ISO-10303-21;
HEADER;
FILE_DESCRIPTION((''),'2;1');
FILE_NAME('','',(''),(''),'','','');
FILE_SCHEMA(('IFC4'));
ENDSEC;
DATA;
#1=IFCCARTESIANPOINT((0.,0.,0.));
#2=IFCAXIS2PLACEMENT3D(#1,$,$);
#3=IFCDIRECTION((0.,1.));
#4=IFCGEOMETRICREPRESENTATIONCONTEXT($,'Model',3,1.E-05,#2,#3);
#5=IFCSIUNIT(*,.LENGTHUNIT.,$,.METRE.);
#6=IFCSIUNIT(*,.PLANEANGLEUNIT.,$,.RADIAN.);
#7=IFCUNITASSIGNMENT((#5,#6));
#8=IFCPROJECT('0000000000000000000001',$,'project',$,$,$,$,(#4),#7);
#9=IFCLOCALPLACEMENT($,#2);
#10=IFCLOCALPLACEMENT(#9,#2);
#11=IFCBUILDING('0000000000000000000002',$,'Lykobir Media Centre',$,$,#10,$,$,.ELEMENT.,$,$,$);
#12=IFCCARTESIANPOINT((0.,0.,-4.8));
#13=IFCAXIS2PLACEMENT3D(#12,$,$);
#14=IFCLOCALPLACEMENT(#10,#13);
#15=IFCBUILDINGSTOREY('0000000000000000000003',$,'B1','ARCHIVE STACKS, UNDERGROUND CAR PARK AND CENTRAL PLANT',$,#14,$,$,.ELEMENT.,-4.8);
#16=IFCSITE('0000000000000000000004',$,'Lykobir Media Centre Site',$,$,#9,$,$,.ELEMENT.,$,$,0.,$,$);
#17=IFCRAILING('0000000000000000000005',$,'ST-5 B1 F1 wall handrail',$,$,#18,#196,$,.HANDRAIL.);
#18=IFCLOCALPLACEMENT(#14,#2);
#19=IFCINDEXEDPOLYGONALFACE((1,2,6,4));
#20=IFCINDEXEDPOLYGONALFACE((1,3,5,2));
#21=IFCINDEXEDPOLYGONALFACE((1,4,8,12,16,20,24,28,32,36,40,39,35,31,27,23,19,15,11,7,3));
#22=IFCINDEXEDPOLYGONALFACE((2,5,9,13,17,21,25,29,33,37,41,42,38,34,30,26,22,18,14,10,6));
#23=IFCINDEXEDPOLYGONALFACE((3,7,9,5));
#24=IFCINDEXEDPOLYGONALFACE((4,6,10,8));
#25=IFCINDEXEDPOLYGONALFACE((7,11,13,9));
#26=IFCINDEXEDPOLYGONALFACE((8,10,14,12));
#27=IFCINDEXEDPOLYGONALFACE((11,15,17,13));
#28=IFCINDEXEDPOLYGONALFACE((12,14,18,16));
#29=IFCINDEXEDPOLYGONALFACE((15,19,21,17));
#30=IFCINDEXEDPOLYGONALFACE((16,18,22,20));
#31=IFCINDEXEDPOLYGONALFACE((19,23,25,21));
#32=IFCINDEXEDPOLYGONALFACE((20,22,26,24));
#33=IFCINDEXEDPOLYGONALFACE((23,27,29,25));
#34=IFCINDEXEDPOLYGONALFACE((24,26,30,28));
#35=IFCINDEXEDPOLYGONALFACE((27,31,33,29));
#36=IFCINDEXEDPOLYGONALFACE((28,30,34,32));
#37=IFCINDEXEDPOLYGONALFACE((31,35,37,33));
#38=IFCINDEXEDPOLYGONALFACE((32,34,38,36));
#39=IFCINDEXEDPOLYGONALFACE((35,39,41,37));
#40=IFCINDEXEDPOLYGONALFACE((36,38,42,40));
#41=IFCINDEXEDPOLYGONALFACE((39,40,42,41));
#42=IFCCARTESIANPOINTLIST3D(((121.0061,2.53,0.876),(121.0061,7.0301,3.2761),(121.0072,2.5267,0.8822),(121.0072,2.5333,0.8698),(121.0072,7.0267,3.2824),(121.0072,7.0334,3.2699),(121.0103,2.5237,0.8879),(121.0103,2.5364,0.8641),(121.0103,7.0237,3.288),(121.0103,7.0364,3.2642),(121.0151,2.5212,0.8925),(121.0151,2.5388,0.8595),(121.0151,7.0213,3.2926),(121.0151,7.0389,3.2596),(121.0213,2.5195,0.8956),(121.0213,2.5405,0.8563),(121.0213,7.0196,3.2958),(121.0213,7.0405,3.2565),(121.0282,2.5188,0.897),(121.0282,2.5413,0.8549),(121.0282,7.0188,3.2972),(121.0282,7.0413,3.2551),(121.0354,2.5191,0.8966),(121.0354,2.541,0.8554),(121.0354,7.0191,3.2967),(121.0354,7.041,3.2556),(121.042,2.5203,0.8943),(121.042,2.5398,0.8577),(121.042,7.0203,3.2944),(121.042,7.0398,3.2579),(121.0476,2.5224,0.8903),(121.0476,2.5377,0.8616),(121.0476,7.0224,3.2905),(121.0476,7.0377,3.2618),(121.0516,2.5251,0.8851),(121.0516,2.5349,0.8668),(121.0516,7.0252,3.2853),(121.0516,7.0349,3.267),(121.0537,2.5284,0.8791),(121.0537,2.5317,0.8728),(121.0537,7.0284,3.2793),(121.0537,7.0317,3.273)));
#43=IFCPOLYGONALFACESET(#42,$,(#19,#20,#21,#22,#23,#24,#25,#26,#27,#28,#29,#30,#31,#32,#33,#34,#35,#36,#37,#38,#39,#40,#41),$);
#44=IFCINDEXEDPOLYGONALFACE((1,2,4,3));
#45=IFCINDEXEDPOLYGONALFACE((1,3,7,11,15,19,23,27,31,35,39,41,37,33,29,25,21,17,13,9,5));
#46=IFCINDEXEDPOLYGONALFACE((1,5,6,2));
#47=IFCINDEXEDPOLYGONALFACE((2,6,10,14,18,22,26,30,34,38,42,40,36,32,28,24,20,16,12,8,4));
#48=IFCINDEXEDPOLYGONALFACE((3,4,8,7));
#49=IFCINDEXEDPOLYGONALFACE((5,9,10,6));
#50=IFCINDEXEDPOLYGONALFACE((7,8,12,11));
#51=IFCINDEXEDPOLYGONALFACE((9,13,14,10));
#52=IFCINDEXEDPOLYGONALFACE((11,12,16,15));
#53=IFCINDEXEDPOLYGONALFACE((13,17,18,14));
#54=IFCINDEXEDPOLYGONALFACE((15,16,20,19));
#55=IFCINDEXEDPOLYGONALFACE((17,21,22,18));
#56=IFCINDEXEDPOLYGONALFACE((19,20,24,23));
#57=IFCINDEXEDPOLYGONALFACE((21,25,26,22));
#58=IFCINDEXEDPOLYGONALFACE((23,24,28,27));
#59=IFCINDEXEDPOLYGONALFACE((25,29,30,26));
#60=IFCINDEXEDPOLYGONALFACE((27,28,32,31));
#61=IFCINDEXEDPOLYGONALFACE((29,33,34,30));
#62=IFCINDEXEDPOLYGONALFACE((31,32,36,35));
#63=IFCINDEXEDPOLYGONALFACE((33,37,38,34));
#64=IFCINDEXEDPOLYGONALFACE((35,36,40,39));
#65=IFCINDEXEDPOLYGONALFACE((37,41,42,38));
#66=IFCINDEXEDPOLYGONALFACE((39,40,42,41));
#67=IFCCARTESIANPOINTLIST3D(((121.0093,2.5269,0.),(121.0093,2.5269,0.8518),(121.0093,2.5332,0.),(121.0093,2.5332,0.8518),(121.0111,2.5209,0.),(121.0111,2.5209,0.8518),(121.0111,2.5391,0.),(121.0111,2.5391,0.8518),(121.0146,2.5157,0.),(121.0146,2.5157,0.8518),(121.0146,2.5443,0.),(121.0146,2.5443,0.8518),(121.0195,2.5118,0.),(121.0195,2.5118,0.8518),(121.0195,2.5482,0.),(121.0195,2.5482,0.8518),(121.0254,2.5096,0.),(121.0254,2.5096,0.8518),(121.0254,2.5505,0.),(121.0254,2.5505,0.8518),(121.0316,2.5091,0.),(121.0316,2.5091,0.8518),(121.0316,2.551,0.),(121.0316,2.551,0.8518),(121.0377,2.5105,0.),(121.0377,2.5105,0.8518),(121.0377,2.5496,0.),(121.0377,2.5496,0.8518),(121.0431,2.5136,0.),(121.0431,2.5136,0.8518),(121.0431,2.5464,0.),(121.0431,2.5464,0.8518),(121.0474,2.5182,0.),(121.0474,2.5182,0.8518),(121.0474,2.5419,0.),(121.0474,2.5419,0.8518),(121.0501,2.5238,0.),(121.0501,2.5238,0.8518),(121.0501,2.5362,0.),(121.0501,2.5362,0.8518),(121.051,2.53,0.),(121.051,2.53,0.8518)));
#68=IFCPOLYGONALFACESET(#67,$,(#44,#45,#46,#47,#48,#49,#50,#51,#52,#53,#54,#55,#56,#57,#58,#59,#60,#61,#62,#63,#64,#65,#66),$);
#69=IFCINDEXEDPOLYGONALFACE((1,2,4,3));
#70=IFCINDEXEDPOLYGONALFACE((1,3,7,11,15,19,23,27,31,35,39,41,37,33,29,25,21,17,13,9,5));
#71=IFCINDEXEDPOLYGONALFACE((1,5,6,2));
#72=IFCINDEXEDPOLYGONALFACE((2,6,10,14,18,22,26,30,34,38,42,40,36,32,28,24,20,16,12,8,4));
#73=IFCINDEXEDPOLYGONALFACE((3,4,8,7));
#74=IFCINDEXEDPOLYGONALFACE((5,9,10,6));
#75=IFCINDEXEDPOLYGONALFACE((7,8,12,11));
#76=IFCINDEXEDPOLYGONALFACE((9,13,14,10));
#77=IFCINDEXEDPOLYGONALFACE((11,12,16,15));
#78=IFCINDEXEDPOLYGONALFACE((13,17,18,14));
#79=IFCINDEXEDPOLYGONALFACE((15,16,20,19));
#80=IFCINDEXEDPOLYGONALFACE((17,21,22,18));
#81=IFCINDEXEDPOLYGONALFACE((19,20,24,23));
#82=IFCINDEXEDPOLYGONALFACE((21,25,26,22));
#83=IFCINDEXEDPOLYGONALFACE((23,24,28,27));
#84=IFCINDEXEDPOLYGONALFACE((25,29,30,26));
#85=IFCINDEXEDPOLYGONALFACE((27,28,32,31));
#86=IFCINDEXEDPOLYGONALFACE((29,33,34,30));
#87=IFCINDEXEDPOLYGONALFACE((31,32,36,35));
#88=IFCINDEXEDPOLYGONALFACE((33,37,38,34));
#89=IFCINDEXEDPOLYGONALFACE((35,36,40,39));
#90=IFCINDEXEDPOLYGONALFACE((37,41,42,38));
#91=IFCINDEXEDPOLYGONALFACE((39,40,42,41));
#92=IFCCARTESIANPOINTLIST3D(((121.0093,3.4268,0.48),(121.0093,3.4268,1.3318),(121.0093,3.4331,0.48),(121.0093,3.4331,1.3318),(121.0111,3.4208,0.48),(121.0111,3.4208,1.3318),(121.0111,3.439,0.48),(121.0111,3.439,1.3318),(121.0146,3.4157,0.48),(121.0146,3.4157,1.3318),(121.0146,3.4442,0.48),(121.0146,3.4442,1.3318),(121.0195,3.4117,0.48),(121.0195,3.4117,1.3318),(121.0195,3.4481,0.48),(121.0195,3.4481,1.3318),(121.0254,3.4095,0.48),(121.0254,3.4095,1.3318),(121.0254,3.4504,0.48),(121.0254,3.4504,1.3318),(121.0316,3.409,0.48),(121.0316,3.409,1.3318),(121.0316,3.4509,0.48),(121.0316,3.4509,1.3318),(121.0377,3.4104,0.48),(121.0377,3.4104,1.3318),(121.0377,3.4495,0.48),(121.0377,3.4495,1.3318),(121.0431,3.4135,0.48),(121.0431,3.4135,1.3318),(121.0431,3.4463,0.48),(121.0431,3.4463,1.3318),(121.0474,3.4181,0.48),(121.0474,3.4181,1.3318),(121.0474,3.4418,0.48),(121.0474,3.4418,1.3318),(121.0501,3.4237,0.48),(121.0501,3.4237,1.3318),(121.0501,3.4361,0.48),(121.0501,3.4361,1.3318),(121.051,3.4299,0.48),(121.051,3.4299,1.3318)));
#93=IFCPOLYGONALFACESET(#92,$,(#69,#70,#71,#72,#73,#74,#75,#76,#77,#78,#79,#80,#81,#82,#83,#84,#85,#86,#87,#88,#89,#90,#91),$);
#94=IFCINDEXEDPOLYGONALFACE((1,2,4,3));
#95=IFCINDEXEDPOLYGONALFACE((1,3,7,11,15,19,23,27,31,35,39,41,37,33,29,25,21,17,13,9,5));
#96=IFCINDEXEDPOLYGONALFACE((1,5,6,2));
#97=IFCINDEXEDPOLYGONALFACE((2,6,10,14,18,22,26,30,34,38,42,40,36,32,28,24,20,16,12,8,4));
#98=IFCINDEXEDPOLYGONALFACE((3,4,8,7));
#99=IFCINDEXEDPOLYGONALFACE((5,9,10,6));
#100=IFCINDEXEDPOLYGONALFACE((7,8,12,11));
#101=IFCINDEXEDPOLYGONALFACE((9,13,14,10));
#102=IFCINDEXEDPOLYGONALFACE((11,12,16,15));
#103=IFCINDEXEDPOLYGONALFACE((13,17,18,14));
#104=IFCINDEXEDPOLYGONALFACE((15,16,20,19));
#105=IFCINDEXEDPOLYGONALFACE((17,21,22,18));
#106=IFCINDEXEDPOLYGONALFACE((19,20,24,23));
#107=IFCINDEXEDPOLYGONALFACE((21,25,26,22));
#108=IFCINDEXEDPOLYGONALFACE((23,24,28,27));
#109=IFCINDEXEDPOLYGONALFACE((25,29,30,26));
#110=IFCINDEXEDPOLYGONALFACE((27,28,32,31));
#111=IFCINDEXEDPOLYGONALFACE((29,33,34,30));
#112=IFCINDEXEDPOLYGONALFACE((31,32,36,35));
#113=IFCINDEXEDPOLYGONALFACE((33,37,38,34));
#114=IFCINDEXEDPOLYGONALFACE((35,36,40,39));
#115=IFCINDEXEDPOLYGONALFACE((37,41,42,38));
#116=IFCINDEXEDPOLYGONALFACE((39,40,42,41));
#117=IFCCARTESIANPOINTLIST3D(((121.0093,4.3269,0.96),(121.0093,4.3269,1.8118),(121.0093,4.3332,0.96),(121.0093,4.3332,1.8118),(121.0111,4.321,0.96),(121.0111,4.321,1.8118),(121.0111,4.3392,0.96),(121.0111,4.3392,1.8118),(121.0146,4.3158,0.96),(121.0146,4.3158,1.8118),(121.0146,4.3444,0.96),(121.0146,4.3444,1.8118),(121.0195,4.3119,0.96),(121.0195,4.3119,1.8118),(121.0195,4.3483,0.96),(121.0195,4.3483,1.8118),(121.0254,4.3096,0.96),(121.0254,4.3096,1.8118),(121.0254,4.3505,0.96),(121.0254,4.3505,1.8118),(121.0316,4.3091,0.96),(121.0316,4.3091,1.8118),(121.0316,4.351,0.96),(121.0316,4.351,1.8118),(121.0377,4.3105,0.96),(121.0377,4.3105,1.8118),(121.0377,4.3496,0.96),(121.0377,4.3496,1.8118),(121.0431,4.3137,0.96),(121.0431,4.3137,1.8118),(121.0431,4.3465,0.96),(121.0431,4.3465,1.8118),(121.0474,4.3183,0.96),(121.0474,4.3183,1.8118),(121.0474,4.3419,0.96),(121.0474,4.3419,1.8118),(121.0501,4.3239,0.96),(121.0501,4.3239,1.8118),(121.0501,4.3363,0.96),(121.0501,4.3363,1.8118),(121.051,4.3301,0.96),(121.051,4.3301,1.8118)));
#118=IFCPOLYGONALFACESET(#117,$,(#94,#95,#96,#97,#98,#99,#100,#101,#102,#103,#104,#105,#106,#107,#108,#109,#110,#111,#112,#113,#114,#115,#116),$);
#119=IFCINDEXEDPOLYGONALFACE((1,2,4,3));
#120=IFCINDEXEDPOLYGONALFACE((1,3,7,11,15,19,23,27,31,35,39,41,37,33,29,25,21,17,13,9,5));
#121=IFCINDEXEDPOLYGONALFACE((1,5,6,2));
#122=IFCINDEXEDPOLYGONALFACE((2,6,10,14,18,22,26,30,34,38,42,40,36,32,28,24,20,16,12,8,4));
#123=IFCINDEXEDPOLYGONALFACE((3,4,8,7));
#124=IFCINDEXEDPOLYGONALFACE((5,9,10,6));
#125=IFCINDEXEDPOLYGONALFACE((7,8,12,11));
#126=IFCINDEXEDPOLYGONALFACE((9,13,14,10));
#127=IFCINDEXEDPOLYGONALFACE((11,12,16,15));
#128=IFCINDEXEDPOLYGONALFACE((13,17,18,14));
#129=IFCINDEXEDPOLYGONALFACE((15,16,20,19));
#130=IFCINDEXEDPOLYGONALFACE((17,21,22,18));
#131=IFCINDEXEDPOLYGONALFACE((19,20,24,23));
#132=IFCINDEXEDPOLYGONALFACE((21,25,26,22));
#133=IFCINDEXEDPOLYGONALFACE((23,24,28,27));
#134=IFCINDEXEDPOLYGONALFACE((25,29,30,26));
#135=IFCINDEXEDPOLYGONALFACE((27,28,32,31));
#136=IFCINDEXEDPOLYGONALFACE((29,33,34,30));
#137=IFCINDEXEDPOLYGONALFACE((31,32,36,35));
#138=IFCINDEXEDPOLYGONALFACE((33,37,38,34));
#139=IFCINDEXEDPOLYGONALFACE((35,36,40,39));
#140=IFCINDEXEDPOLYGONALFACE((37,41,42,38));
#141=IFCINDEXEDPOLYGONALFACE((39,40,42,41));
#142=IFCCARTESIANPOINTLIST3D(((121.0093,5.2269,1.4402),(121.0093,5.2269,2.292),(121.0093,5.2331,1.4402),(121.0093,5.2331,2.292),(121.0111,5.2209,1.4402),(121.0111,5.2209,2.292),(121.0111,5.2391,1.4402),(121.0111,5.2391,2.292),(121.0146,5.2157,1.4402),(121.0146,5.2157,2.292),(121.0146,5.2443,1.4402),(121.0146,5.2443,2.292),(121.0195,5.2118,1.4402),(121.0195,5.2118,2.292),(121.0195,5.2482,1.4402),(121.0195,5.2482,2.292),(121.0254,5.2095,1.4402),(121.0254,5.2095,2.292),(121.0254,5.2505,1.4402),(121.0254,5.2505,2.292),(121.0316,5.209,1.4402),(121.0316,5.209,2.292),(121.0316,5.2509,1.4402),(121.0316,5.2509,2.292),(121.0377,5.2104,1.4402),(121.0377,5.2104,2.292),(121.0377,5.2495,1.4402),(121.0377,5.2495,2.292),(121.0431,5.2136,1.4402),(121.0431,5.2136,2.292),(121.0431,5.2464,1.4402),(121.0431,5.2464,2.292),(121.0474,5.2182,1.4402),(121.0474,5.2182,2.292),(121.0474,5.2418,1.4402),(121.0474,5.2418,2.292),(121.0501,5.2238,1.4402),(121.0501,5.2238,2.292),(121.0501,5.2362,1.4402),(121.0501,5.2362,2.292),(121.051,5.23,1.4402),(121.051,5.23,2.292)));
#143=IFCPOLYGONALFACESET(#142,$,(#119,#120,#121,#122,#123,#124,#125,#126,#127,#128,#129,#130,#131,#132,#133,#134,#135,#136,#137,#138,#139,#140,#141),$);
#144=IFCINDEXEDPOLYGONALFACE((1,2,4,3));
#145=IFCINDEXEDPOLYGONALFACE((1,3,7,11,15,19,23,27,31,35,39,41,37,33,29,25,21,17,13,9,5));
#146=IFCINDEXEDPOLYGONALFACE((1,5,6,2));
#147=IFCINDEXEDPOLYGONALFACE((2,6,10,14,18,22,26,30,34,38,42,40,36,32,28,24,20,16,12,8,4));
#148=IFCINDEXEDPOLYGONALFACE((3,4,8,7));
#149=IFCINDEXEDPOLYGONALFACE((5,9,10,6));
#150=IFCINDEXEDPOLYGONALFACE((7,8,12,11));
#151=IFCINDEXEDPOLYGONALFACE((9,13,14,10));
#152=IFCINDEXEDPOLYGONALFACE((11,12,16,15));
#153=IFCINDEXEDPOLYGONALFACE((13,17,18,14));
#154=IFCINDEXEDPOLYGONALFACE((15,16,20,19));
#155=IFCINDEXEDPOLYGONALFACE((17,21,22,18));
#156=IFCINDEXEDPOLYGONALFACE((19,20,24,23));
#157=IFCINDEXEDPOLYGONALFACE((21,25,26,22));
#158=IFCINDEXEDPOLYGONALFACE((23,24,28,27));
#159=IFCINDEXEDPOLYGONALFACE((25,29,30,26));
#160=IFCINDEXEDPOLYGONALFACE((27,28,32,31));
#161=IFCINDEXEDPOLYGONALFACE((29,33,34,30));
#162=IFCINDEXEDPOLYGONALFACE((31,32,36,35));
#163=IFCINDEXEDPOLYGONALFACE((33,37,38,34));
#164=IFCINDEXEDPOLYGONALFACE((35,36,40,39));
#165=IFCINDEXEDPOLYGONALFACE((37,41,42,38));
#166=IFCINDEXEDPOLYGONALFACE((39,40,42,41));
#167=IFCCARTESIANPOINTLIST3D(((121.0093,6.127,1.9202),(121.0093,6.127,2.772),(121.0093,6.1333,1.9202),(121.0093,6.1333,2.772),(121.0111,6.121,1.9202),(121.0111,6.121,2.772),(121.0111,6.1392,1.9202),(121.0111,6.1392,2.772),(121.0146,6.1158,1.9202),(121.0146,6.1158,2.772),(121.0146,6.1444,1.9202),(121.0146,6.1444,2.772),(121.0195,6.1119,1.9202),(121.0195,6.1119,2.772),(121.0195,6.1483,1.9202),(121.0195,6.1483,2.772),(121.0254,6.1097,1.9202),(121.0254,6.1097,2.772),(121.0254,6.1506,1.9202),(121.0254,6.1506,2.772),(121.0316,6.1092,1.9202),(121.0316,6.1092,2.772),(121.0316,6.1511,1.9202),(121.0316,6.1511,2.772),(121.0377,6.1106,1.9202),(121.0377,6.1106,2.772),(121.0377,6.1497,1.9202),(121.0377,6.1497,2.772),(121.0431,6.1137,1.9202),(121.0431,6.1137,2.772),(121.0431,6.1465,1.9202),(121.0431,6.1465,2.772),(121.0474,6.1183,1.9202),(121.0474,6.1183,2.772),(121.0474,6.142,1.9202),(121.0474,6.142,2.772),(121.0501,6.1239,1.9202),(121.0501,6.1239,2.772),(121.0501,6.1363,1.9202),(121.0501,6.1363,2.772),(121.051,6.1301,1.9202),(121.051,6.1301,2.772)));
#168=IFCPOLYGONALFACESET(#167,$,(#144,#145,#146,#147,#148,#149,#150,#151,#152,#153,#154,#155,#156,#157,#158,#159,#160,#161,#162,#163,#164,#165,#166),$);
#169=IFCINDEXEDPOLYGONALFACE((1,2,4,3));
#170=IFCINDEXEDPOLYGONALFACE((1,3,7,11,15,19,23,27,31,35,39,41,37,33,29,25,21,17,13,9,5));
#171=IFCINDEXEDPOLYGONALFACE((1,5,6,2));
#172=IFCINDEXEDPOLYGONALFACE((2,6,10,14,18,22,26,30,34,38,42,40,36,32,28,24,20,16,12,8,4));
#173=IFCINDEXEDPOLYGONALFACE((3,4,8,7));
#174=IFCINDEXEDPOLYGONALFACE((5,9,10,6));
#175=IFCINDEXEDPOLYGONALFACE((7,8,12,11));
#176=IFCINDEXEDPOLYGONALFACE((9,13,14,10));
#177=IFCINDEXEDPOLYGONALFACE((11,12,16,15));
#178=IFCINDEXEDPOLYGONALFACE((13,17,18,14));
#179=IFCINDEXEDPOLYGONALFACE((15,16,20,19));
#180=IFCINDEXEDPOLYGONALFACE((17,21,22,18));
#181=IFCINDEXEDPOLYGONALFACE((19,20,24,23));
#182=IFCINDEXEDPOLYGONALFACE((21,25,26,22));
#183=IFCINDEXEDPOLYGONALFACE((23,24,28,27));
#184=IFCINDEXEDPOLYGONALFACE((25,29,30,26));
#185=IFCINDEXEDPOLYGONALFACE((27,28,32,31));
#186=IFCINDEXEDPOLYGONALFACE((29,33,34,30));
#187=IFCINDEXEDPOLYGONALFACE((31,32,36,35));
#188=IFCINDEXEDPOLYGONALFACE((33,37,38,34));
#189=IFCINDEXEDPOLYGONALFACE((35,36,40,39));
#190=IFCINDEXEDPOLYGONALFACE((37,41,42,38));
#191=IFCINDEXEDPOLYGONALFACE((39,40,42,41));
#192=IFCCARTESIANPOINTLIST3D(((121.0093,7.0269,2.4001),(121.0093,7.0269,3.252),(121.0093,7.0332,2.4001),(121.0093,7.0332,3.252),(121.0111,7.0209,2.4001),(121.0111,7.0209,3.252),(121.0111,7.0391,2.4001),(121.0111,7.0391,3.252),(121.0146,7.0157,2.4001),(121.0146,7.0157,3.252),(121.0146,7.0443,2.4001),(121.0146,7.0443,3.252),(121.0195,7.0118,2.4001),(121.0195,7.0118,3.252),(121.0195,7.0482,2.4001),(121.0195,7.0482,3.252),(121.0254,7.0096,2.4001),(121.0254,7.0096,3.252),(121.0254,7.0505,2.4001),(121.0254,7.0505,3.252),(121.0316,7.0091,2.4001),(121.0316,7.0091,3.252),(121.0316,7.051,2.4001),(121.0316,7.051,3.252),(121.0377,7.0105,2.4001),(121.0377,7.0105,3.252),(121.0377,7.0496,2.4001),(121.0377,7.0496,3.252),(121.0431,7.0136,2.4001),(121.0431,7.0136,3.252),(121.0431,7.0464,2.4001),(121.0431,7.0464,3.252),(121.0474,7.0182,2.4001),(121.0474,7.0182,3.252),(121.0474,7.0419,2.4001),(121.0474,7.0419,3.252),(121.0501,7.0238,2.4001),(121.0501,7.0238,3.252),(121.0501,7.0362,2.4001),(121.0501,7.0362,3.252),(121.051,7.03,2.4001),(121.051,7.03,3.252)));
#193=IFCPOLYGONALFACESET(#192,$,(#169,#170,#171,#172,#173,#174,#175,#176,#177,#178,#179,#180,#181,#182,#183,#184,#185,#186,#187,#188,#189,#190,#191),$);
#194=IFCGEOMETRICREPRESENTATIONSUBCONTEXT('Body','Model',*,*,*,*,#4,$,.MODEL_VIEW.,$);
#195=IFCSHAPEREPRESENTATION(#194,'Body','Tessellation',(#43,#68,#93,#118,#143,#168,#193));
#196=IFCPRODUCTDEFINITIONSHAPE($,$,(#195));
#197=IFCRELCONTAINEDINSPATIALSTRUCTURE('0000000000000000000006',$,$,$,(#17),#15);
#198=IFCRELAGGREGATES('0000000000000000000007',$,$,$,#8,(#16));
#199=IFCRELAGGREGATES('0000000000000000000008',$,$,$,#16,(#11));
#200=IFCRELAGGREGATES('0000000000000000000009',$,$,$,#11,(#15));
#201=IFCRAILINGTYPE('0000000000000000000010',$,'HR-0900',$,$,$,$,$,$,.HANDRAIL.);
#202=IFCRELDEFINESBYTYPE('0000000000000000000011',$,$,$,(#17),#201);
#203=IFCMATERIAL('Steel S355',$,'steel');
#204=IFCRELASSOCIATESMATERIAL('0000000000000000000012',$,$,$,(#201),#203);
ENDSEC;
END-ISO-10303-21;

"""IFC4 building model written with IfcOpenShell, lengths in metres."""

from ifc_helpers import new_model, si_unit, direction, frame, origin, origin_2d, place, context, subcontext, project, spatial, circle, extrude, material, type_object, element, save


model = new_model("IFC4")

# Units and contexts
model_context = context("Model", 3, precision=1e-05, world=origin(), true_north=direction((0.0, 1.0)))
body_context = subcontext(model_context, "Body", "Model", "MODEL_VIEW")
ifc_project = project(units=[si_unit("LENGTHUNIT", "METRE"), si_unit("PLANEANGLEUNIT", "RADIAN")], contexts=[model_context])

# Site, building, storey
site_placement = place(None, origin())
site = spatial("IfcSite", under=ifc_project, at=site_placement, Name="Lykobir Media Centre Site", CompositionType="ELEMENT", RefElevation=0.0)
building_placement = place(site_placement, origin())
building = spatial("IfcBuilding", under=site, at=building_placement, Name="Lykobir Media Centre", CompositionType="ELEMENT")
storey_placement = place(building_placement, frame((0.0, 0.0, -4.8)))
storey = spatial("IfcBuildingStorey", under=building, at=storey_placement, Name="B1", Description="ARCHIVE STACKS, UNDERGROUND CAR PARK AND CENTRAL PLANT", CompositionType="ELEMENT", Elevation=-4.8)

# Shared definitions
ifc_material_1 = material(Name="Steel S355", Category="steel")

# Railing
railing_type_1 = type_object("IfcRailingType", Name="HR-0900", PredefinedType="HANDRAIL", material=ifc_material_1)
railing_1_placement = place(storey_placement, frame((121.03, 2.53, 0.0)))
element("IfcRailing", 1, at=railing_1_placement, inside=storey, type_object=railing_type_1, Name="ST-5 B1 F1 wall handrail", PredefinedType="HANDRAIL", context=body_context, shape_type="SweptSolid", body=[
    extrude(circle(Radius=0.0239, at=origin_2d()), frame((0.0, 0.0, 0.876), z_axis=(0.0, 0.882341, 0.470611), x_axis=(-1.0, 0.0, 0.0)), (0.0, 0.0, 1.0), 5.1001),
    extrude(circle(Radius=0.021, at=origin_2d()), origin(), (0.0, 0.0, 1.0), 0.8518),
    extrude(circle(Radius=0.021, at=origin_2d()), frame((0.0, 0.8999, 0.48)), (0.0, 0.0, 1.0), 0.8518),
    extrude(circle(Radius=0.021, at=origin_2d()), frame((0.0, 1.8, 0.96)), (0.0, 0.0, 1.0), 0.8518),
    extrude(circle(Radius=0.021, at=origin_2d()), frame((0.0, 2.7, 1.4402)), (0.0, 0.0, 1.0), 0.8518),
    extrude(circle(Radius=0.021, at=origin_2d()), frame((0.0, 3.6001, 1.9202)), (0.0, 0.0, 1.0), 0.8518),
    extrude(circle(Radius=0.021, at=origin_2d()), frame((0.0, 4.5, 2.4001)), (0.0, 0.0, 1.0), 0.8518),
])

save(model, "model.ifc")
